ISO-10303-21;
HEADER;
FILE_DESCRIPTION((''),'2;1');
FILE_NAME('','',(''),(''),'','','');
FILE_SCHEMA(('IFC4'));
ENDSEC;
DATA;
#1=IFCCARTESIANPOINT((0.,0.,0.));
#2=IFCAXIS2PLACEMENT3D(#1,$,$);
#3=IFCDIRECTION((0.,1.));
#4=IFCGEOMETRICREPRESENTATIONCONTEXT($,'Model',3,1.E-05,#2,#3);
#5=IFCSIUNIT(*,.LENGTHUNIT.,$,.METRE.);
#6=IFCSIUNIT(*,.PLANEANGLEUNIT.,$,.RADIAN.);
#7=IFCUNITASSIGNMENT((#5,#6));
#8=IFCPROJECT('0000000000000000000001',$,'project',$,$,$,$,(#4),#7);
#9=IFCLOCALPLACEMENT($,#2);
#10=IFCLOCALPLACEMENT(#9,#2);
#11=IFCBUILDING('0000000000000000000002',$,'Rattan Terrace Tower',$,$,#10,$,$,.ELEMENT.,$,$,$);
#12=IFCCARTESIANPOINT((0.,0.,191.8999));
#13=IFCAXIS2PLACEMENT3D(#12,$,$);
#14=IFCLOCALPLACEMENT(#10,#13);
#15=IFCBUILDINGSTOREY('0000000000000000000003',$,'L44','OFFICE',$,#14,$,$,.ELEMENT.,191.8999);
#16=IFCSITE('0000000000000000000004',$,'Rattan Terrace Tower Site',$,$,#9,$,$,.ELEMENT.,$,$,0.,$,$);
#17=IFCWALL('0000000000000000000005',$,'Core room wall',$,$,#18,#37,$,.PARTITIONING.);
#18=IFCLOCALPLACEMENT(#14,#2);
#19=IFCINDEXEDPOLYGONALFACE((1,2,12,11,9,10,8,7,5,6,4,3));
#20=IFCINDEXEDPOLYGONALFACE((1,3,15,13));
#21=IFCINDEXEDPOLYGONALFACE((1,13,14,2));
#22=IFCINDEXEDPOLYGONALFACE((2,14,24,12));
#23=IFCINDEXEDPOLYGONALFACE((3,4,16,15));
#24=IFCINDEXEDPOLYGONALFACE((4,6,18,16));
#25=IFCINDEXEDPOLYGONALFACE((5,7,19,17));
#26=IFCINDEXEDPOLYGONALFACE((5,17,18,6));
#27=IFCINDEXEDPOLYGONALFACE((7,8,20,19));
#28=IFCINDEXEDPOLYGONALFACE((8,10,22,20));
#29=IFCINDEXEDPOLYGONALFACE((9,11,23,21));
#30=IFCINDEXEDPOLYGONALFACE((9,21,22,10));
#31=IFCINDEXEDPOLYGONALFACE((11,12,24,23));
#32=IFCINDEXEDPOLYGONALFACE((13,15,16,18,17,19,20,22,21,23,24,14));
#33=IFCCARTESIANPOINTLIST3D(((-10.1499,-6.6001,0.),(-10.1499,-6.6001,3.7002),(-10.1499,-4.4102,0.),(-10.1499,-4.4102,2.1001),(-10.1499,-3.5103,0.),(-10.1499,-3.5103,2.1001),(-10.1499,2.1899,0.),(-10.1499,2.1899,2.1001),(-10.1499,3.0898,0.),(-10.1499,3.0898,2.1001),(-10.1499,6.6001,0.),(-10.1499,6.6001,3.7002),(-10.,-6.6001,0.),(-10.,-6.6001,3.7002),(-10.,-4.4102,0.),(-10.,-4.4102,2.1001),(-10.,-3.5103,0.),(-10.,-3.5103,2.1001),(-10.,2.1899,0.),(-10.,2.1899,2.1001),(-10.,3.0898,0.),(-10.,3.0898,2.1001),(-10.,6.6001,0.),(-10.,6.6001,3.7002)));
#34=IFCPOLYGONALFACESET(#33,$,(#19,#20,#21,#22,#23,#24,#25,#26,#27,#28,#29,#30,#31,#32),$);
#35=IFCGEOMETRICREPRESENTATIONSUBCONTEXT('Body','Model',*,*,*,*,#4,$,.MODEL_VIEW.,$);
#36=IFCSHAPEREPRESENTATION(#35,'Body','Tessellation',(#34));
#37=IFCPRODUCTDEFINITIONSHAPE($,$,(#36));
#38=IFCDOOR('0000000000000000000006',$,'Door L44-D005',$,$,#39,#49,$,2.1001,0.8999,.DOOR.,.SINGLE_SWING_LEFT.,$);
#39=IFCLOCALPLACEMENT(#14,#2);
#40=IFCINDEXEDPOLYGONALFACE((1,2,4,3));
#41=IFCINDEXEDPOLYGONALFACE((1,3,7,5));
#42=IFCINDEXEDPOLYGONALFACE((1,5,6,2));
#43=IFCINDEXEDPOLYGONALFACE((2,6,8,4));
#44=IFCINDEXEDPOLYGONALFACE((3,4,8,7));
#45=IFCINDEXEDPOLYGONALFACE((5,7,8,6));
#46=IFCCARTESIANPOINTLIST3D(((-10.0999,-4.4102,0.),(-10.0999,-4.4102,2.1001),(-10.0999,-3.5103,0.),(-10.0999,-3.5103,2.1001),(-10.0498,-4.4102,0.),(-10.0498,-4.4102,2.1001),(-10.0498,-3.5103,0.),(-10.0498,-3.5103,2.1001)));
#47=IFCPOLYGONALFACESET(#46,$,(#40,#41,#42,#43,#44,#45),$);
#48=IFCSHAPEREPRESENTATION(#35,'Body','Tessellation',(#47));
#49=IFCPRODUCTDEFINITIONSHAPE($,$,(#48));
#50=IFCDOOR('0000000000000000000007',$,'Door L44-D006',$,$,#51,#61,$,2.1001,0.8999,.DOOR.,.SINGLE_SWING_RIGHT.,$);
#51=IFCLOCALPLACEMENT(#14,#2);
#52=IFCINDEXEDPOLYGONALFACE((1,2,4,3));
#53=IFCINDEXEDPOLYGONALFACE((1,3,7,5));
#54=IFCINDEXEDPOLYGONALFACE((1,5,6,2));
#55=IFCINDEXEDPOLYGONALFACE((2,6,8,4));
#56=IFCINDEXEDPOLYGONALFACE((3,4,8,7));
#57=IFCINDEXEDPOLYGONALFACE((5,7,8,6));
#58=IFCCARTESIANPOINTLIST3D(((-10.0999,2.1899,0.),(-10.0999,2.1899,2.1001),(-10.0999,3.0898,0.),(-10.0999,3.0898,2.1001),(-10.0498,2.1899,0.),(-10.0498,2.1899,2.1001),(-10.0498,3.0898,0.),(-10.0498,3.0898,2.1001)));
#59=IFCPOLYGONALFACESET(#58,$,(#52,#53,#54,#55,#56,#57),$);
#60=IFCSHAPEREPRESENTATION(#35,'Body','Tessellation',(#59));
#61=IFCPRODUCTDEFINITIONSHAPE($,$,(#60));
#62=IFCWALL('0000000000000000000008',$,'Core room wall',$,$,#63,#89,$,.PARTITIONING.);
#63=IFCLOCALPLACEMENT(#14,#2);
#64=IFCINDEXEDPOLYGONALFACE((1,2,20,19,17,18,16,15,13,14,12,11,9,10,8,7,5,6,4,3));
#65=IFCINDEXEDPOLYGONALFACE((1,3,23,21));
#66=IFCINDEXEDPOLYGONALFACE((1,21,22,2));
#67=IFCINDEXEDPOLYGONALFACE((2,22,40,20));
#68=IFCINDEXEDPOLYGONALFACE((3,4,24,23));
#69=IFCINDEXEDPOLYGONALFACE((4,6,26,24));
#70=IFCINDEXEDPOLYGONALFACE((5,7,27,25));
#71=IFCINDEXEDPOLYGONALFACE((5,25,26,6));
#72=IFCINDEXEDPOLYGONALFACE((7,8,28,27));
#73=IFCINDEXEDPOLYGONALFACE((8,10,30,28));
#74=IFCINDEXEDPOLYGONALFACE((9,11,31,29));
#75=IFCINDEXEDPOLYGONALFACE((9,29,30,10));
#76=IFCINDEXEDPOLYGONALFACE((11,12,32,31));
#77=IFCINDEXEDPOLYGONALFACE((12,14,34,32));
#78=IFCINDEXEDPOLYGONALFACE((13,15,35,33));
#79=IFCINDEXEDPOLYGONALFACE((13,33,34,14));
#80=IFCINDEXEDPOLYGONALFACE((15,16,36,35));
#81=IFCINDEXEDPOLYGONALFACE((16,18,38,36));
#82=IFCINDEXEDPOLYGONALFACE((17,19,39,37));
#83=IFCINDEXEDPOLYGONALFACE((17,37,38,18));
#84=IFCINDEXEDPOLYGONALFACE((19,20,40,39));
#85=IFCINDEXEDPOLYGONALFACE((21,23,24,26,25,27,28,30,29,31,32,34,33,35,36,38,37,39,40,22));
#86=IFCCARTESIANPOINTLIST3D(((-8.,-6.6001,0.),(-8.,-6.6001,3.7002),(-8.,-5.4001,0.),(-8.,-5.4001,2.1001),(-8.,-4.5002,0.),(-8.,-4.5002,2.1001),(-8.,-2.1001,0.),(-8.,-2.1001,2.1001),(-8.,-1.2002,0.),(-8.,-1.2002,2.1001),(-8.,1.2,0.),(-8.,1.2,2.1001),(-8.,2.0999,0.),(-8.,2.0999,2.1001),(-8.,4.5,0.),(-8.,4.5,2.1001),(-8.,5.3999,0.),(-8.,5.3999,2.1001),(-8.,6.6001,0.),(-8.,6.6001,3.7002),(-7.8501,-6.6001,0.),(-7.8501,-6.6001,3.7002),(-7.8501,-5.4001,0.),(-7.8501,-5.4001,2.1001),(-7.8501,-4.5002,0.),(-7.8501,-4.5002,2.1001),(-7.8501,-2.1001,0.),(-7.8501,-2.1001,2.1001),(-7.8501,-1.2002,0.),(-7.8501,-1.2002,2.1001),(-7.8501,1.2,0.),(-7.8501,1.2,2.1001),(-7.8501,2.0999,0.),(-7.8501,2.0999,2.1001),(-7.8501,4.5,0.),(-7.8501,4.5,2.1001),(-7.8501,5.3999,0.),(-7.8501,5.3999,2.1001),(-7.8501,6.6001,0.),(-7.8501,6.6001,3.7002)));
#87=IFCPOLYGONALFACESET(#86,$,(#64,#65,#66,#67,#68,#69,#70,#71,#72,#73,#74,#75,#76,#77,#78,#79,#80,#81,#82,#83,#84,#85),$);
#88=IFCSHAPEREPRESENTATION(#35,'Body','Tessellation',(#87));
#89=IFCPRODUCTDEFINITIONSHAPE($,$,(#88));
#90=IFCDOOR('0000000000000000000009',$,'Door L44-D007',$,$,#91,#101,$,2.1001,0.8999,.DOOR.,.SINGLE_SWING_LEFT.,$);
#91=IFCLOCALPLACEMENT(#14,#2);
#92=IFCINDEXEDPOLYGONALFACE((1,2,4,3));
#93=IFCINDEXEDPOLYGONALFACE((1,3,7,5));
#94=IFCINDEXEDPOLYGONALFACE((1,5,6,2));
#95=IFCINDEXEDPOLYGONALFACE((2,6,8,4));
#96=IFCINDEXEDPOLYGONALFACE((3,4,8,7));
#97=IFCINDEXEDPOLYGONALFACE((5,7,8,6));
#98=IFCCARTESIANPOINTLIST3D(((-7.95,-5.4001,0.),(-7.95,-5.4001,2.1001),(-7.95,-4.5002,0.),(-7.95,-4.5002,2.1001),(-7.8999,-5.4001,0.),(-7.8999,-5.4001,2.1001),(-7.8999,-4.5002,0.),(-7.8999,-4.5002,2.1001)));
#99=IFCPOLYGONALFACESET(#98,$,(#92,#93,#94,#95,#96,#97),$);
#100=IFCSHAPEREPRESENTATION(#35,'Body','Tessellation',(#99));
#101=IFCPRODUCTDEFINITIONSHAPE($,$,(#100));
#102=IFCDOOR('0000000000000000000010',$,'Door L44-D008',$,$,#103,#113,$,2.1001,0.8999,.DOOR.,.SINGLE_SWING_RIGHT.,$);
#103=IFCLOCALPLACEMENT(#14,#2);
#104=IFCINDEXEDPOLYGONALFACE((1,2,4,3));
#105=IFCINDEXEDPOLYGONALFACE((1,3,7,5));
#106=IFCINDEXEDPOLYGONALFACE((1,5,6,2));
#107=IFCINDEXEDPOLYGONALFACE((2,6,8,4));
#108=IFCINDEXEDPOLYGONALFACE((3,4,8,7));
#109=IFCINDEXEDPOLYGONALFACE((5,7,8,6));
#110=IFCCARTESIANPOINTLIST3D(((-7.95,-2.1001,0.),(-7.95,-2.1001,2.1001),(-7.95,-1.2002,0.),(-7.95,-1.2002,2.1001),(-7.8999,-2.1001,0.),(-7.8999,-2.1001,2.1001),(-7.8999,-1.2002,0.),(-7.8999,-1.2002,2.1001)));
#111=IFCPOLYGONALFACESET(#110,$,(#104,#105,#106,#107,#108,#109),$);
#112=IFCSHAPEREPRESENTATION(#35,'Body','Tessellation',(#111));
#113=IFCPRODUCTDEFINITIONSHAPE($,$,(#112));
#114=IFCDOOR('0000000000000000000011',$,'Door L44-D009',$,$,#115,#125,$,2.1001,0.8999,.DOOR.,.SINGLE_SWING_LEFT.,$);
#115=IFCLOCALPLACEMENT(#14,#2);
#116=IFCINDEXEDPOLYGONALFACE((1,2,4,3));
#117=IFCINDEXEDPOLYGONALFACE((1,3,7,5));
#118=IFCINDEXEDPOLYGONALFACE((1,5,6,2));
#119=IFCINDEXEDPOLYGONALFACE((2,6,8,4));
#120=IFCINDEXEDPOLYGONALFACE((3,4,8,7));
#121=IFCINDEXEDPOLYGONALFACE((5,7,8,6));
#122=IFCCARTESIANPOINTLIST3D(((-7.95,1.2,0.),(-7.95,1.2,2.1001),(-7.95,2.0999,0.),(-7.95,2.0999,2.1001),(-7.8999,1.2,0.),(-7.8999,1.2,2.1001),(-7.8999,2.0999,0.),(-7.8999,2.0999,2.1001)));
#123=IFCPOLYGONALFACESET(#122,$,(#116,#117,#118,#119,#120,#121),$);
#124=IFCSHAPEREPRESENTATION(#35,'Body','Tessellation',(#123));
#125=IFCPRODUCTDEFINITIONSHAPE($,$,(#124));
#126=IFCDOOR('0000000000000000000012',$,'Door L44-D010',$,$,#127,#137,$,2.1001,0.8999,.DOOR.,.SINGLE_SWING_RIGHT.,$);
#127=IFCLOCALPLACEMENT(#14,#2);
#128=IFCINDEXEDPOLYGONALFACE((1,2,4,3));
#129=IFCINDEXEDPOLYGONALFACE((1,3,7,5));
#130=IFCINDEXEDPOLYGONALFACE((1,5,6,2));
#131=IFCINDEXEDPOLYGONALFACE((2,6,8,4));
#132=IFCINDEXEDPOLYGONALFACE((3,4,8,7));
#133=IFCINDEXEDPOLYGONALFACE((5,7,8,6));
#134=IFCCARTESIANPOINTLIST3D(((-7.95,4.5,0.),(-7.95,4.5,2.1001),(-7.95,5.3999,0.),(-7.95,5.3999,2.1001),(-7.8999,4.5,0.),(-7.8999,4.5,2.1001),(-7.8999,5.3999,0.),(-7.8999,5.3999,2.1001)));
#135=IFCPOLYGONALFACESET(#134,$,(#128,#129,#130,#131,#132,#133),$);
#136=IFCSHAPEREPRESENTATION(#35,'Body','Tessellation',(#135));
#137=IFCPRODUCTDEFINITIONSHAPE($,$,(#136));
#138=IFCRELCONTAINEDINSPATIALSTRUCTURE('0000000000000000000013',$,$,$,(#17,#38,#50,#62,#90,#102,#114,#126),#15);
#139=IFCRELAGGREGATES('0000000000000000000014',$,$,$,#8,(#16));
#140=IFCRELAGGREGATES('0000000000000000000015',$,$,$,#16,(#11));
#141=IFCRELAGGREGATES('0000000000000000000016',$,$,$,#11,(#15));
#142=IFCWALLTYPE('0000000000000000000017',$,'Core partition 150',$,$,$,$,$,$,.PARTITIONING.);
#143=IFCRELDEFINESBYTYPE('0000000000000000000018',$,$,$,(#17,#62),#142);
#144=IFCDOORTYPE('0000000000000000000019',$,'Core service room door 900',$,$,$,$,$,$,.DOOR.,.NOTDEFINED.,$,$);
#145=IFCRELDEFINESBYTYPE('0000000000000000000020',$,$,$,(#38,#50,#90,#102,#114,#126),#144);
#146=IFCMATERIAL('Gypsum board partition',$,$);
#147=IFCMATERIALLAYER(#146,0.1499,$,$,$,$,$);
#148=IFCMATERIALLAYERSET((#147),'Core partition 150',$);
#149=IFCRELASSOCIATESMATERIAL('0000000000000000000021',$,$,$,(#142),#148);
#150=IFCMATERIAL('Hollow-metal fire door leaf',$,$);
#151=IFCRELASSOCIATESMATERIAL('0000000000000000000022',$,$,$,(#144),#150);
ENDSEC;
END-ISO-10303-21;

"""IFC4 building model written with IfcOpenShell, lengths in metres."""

from ifc_helpers import new_model, si_unit, direction, frame, frame_2d, origin, place, context, subcontext, project, spatial, rectangle, extrude, material, layer, layer_set, type_object, element, fill, save


model = new_model("IFC4")

# Units and contexts
model_context = context("Model", 3, precision=1e-05, world=origin(), true_north=direction((0.0, 1.0)))
body_context = subcontext(model_context, "Body", "Model", "MODEL_VIEW")
ifc_project = project(units=[si_unit("LENGTHUNIT", "METRE"), si_unit("PLANEANGLEUNIT", "RADIAN")], contexts=[model_context])

# Site, building, storey
site_placement = place(None, origin())
site = spatial("IfcSite", under=ifc_project, at=site_placement, Name="Rattan Terrace Tower Site", CompositionType="ELEMENT", RefElevation=0.0)
building_placement = place(site_placement, origin())
building = spatial("IfcBuilding", under=site, at=building_placement, Name="Rattan Terrace Tower", CompositionType="ELEMENT")
storey_placement = place(building_placement, frame((0.0, 0.0, 191.8999)))
storey = spatial("IfcBuildingStorey", under=building, at=storey_placement, Name="L44", Description="OFFICE", CompositionType="ELEMENT", Elevation=191.8999)

# Walls, openings, doors
ifc_material_1 = material(Name="Gypsum board partition")
ifc_layer_1 = layer(ifc_material_1, 0.1499)
ifc_layer_set_1 = layer_set([ifc_layer_1], Name="Core partition 150")
wall_type_1 = type_object("IfcWallType", Name="Core partition 150", PredefinedType="PARTITIONING", material=ifc_layer_set_1)
wall_1_placement = place(storey_placement, frame((-10.075, -6.6001, 0.0), z_axis=(0.0, 0.0, 1.0), x_axis=(0.0, 1.0, 0.0)))
wall_1 = element("IfcWall", 1, at=wall_1_placement, inside=storey, type_object=wall_type_1, Name="Core room wall", PredefinedType="PARTITIONING", context=body_context, shape_type="SweptSolid", body=[
    extrude(rectangle(XDim=13.2002, YDim=0.1499, at=frame_2d((6.6001, 0.0))), origin(), (0.0, 0.0, 1.0), 3.7002),
])
opening_1_placement = place(wall_1_placement, frame((2.1899, 0.0, 0.0)))
opening_1 = element("IfcOpeningElement", 2, at=opening_1_placement, cuts=wall_1, PredefinedType="OPENING", context=body_context, shape_type="SweptSolid", body=[
    extrude(rectangle(XDim=0.8999, YDim=2.1001, at=frame_2d((0.45, 1.05))), frame((0.0, 0.0854, 0.0), z_axis=(0.0, -1.0, 0.0), x_axis=(1.0, 0.0, 0.0)), (0.0, 0.0, 1.0), 0.1709),
])
opening_2_placement = place(wall_1_placement, frame((8.79, 0.0, 0.0)))
opening_2 = element("IfcOpeningElement", 3, at=opening_2_placement, cuts=wall_1, PredefinedType="OPENING", context=body_context, shape_type="SweptSolid", body=[
    extrude(rectangle(XDim=0.8999, YDim=2.1001, at=frame_2d((0.45, 1.05))), frame((0.0, 0.0854, 0.0), z_axis=(0.0, -1.0, 0.0), x_axis=(1.0, 0.0, 0.0)), (0.0, 0.0, 1.0), 0.1709),
])
ifc_material_2 = material(Name="Hollow-metal fire door leaf")
door_type_1 = type_object("IfcDoorType", Name="Core service room door 900", OperationType="NOTDEFINED", PredefinedType="DOOR", material=ifc_material_2)
door_1_placement = place(opening_1_placement, origin())
door_1 = element("IfcDoor", 4, at=door_1_placement, inside=storey, type_object=door_type_1, Name="Door L44-D005", OperationType="SINGLE_SWING_LEFT", OverallHeight=2.1001, OverallWidth=0.8999, PredefinedType="DOOR", context=body_context, shape_type="SweptSolid", body=[
    extrude(rectangle(XDim=0.8999, YDim=2.1001, at=frame_2d((0.45, 1.05))), frame((0.0, 0.0249, 0.0), z_axis=(0.0, -1.0, 0.0), x_axis=(1.0, 0.0, 0.0)), (0.0, 0.0, 1.0), 0.05),
])
fill(opening_1, door_1)
door_2_placement = place(opening_2_placement, origin())
door_2 = element("IfcDoor", 5, at=door_2_placement, inside=storey, type_object=door_type_1, Name="Door L44-D006", OperationType="SINGLE_SWING_RIGHT", OverallHeight=2.1001, OverallWidth=0.8999, PredefinedType="DOOR", context=body_context, shape_type="SweptSolid", body=[
    extrude(rectangle(XDim=0.8999, YDim=2.1001, at=frame_2d((0.45, 1.05))), frame((0.0, 0.0249, 0.0), z_axis=(0.0, -1.0, 0.0), x_axis=(1.0, 0.0, 0.0)), (0.0, 0.0, 1.0), 0.05),
])
fill(opening_2, door_2)
wall_2_placement = place(storey_placement, frame((-7.925, -6.6001, 0.0), z_axis=(0.0, 0.0, 1.0), x_axis=(0.0, 1.0, 0.0)))
wall_2 = element("IfcWall", 6, at=wall_2_placement, inside=storey, type_object=wall_type_1, Name="Core room wall", PredefinedType="PARTITIONING", context=body_context, shape_type="SweptSolid", body=[
    extrude(rectangle(XDim=13.2002, YDim=0.1499, at=frame_2d((6.6001, 0.0))), origin(), (0.0, 0.0, 1.0), 3.7002),
])
opening_3_placement = place(wall_2_placement, frame((1.2, 0.0, 0.0)))
opening_3 = element("IfcOpeningElement", 7, at=opening_3_placement, cuts=wall_2, PredefinedType="OPENING", context=body_context, shape_type="SweptSolid", body=[
    extrude(rectangle(XDim=0.8999, YDim=2.1001, at=frame_2d((0.45, 1.05))), frame((0.0, 0.0854, 0.0), z_axis=(0.0, -1.0, 0.0), x_axis=(1.0, 0.0, 0.0)), (0.0, 0.0, 1.0), 0.1709),
])
opening_4_placement = place(wall_2_placement, frame((4.5, 0.0, 0.0)))
opening_4 = element("IfcOpeningElement", 8, at=opening_4_placement, cuts=wall_2, PredefinedType="OPENING", context=body_context, shape_type="SweptSolid", body=[
    extrude(rectangle(XDim=0.8999, YDim=2.1001, at=frame_2d((0.45, 1.05))), frame((0.0, 0.0854, 0.0), z_axis=(0.0, -1.0, 0.0), x_axis=(1.0, 0.0, 0.0)), (0.0, 0.0, 1.0), 0.1709),
])
opening_5_placement = place(wall_2_placement, frame((7.8, 0.0, 0.0)))
opening_5 = element("IfcOpeningElement", 9, at=opening_5_placement, cuts=wall_2, PredefinedType="OPENING", context=body_context, shape_type="SweptSolid", body=[
    extrude(rectangle(XDim=0.8999, YDim=2.1001, at=frame_2d((0.45, 1.05))), frame((0.0, 0.0854, 0.0), z_axis=(0.0, -1.0, 0.0), x_axis=(1.0, 0.0, 0.0)), (0.0, 0.0, 1.0), 0.1709),
])
opening_6_placement = place(wall_2_placement, frame((11.1001, 0.0, 0.0)))
opening_6 = element("IfcOpeningElement", 10, at=opening_6_placement, cuts=wall_2, PredefinedType="OPENING", context=body_context, shape_type="SweptSolid", body=[
    extrude(rectangle(XDim=0.8999, YDim=2.1001, at=frame_2d((0.45, 1.05))), frame((0.0, 0.0854, 0.0), z_axis=(0.0, -1.0, 0.0), x_axis=(1.0, 0.0, 0.0)), (0.0, 0.0, 1.0), 0.1709),
])
door_3_placement = place(opening_3_placement, origin())
door_3 = element("IfcDoor", 11, at=door_3_placement, inside=storey, type_object=door_type_1, Name="Door L44-D007", OperationType="SINGLE_SWING_LEFT", OverallHeight=2.1001, OverallWidth=0.8999, PredefinedType="DOOR", context=body_context, shape_type="SweptSolid", body=[
    extrude(rectangle(XDim=0.8999, YDim=2.1001, at=frame_2d((0.45, 1.05))), frame((0.0, 0.0249, 0.0), z_axis=(0.0, -1.0, 0.0), x_axis=(1.0, 0.0, 0.0)), (0.0, 0.0, 1.0), 0.05),
])
fill(opening_3, door_3)
door_4_placement = place(opening_4_placement, origin())
door_4 = element("IfcDoor", 12, at=door_4_placement, inside=storey, type_object=door_type_1, Name="Door L44-D008", OperationType="SINGLE_SWING_RIGHT", OverallHeight=2.1001, OverallWidth=0.8999, PredefinedType="DOOR", context=body_context, shape_type="SweptSolid", body=[
    extrude(rectangle(XDim=0.8999, YDim=2.1001, at=frame_2d((0.45, 1.05))), frame((0.0, 0.0249, 0.0), z_axis=(0.0, -1.0, 0.0), x_axis=(1.0, 0.0, 0.0)), (0.0, 0.0, 1.0), 0.05),
])
fill(opening_4, door_4)
door_5_placement = place(opening_5_placement, origin())
door_5 = element("IfcDoor", 13, at=door_5_placement, inside=storey, type_object=door_type_1, Name="Door L44-D009", OperationType="SINGLE_SWING_LEFT", OverallHeight=2.1001, OverallWidth=0.8999, PredefinedType="DOOR", context=body_context, shape_type="SweptSolid", body=[
    extrude(rectangle(XDim=0.8999, YDim=2.1001, at=frame_2d((0.45, 1.05))), frame((0.0, 0.0249, 0.0), z_axis=(0.0, -1.0, 0.0), x_axis=(1.0, 0.0, 0.0)), (0.0, 0.0, 1.0), 0.05),
])
fill(opening_5, door_5)
door_6_placement = place(opening_6_placement, origin())
door_6 = element("IfcDoor", 14, at=door_6_placement, inside=storey, type_object=door_type_1, Name="Door L44-D010", OperationType="SINGLE_SWING_RIGHT", OverallHeight=2.1001, OverallWidth=0.8999, PredefinedType="DOOR", context=body_context, shape_type="SweptSolid", body=[
    extrude(rectangle(XDim=0.8999, YDim=2.1001, at=frame_2d((0.45, 1.05))), frame((0.0, 0.0249, 0.0), z_axis=(0.0, -1.0, 0.0), x_axis=(1.0, 0.0, 0.0)), (0.0, 0.0, 1.0), 0.05),
])
fill(opening_6, door_6)

save(model, "model.ifc")
